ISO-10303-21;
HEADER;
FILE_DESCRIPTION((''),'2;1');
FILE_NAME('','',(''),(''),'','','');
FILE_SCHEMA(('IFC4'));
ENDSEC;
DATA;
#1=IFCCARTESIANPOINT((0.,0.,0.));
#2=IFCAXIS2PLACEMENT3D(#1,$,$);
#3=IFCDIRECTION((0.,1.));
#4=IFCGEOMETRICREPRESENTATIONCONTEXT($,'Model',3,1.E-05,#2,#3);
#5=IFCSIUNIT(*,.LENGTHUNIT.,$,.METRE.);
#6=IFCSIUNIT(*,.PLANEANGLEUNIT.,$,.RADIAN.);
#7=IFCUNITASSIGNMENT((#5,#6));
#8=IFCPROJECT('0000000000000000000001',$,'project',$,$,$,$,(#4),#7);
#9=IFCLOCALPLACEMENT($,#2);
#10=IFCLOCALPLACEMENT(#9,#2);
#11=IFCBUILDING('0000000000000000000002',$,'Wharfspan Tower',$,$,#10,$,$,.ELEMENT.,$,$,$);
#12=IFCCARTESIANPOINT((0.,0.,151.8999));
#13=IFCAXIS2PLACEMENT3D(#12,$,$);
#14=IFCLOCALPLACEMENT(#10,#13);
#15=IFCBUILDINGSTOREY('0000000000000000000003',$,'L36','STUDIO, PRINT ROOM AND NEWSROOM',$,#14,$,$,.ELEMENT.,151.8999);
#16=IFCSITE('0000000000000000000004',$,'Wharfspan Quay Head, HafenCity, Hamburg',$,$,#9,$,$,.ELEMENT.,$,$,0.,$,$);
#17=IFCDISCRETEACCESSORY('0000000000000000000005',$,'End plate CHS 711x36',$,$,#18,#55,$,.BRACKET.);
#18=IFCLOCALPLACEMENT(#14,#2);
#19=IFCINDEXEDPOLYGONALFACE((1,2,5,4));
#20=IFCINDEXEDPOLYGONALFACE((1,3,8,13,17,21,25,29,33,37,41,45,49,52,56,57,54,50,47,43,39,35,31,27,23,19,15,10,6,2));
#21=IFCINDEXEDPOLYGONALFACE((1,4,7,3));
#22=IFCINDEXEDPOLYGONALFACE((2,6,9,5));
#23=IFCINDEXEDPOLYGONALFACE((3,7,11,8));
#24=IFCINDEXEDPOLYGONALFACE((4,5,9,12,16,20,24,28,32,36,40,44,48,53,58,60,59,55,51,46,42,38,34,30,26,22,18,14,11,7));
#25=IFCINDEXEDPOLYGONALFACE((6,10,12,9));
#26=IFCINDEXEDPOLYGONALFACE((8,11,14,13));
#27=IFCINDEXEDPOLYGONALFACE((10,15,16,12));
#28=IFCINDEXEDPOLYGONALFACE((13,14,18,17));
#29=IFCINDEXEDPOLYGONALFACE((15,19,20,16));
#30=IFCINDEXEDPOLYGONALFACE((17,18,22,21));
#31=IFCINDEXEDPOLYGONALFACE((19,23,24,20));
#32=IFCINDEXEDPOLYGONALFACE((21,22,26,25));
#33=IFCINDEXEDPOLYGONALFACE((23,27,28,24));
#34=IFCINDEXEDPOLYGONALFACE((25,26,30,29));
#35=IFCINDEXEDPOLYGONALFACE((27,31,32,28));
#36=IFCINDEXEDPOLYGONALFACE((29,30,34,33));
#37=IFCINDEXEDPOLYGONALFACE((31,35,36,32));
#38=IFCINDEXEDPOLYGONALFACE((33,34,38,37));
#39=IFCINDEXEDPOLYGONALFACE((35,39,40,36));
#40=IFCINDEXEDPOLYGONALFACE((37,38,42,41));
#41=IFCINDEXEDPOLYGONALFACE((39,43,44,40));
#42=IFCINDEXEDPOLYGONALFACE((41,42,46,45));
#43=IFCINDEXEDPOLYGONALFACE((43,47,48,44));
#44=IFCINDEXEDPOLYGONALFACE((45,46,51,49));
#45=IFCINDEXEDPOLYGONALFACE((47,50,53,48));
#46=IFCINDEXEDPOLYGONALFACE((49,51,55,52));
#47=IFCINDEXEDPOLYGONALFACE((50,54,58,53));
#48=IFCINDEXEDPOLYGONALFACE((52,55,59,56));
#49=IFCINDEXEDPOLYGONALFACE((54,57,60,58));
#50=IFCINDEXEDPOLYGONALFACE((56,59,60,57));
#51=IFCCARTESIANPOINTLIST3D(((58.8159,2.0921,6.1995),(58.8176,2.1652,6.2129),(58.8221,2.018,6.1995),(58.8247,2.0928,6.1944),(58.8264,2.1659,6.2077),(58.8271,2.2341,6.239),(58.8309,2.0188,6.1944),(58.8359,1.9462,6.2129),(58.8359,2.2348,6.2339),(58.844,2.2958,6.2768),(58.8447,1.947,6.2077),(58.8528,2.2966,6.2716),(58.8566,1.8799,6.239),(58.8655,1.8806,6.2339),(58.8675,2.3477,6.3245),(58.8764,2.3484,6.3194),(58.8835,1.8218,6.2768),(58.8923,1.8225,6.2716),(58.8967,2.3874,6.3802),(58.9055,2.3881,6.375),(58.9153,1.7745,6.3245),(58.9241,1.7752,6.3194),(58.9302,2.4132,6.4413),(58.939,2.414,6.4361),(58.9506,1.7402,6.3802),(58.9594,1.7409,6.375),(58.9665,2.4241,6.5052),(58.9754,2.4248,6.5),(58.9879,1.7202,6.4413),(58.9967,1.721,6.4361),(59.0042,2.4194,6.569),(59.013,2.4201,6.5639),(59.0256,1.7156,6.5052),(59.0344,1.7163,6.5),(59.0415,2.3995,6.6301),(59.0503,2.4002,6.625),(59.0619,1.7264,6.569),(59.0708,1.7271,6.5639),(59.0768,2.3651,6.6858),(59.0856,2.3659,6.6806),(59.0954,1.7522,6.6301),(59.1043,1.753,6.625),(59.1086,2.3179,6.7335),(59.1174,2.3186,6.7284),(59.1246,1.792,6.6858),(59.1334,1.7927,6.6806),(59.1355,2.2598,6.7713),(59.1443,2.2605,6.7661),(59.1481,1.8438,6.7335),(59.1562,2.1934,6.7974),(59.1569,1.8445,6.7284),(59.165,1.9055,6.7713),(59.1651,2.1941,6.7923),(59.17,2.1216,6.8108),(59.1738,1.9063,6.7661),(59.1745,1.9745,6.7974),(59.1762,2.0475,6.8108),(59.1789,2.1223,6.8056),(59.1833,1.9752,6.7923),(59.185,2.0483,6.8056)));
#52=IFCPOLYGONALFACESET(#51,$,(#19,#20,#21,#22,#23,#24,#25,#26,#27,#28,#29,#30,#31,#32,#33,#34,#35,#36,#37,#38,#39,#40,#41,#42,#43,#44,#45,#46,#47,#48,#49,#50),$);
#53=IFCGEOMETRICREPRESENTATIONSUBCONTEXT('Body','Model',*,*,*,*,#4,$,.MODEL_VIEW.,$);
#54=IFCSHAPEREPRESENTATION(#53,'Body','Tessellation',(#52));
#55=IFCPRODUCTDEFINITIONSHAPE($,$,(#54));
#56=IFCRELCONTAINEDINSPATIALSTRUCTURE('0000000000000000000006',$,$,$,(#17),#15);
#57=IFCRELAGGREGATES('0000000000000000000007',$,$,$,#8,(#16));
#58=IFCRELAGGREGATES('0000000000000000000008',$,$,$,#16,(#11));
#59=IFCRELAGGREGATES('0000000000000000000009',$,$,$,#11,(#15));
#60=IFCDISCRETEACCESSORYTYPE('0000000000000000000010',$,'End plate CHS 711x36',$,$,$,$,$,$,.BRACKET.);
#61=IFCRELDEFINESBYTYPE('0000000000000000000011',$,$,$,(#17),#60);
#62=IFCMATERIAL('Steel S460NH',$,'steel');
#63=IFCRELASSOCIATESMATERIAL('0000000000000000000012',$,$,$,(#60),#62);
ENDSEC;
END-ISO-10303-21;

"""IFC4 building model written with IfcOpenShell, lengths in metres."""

from ifc_helpers import new_model, si_unit, direction, frame, origin, origin_2d, place, context, subcontext, project, spatial, circle, extrude, material, material_profile, profile_set, type_object, element, save


model = new_model("IFC4")

# Units and contexts
model_context = context("Model", 3, precision=1e-05, world=origin(), true_north=direction((0.0, 1.0)))
body_context = subcontext(model_context, "Body", "Model", "MODEL_VIEW")
ifc_project = project(units=[si_unit("LENGTHUNIT", "METRE"), si_unit("PLANEANGLEUNIT", "RADIAN")], contexts=[model_context])

# Site, building, storey
site_placement = place(None, origin())
site = spatial("IfcSite", under=ifc_project, at=site_placement, Name="Wharfspan Quay Head, HafenCity, Hamburg", CompositionType="ELEMENT", RefElevation=0.0)
building_placement = place(site_placement, origin())
building = spatial("IfcBuilding", under=site, at=building_placement, Name="Wharfspan Tower", CompositionType="ELEMENT")
storey_placement = place(building_placement, frame((0.0, 0.0, 151.8999)))
storey = spatial("IfcBuildingStorey", under=building, at=storey_placement, Name="L36", Description="STUDIO, PRINT ROOM AND NEWSROOM", CompositionType="ELEMENT", Elevation=151.8999)

# Shared definitions
ifc_material_1 = material(Name="Steel S460NH", Category="steel")

# Discrete accessory
ifc_material_profile_1 = material_profile(ifc_material_1, circle(Radius=0.3555, at=origin_2d()))
ifc_profile_set_1 = profile_set([ifc_material_profile_1], Name="Steel S460NH")
discrete_accessory_type = type_object("IfcDiscreteAccessoryType", Name="End plate CHS 711x36", PredefinedType="BRACKET", material=ifc_profile_set_1)
for number, where, z_axis, x_axis, name in (
    (1, (59.0049, 2.0706, 6.5), (-0.86155, -0.071796, 0.502571), (0.083046, -0.99655, 0.0), "End plate CHS 711x36"),
):
    element("IfcDiscreteAccessory", number, at=place(storey_placement, frame(where, z_axis=z_axis, x_axis=x_axis)), inside=storey, type_object=discrete_accessory_type, Name=name, PredefinedType="BRACKET", context=body_context, shape_type="SweptSolid", body=[
        extrude(circle(Radius=0.3555, at=origin_2d()), origin(), (0.0, 0.0, 1.0), 0.0103),
    ])

save(model, "model.ifc")
